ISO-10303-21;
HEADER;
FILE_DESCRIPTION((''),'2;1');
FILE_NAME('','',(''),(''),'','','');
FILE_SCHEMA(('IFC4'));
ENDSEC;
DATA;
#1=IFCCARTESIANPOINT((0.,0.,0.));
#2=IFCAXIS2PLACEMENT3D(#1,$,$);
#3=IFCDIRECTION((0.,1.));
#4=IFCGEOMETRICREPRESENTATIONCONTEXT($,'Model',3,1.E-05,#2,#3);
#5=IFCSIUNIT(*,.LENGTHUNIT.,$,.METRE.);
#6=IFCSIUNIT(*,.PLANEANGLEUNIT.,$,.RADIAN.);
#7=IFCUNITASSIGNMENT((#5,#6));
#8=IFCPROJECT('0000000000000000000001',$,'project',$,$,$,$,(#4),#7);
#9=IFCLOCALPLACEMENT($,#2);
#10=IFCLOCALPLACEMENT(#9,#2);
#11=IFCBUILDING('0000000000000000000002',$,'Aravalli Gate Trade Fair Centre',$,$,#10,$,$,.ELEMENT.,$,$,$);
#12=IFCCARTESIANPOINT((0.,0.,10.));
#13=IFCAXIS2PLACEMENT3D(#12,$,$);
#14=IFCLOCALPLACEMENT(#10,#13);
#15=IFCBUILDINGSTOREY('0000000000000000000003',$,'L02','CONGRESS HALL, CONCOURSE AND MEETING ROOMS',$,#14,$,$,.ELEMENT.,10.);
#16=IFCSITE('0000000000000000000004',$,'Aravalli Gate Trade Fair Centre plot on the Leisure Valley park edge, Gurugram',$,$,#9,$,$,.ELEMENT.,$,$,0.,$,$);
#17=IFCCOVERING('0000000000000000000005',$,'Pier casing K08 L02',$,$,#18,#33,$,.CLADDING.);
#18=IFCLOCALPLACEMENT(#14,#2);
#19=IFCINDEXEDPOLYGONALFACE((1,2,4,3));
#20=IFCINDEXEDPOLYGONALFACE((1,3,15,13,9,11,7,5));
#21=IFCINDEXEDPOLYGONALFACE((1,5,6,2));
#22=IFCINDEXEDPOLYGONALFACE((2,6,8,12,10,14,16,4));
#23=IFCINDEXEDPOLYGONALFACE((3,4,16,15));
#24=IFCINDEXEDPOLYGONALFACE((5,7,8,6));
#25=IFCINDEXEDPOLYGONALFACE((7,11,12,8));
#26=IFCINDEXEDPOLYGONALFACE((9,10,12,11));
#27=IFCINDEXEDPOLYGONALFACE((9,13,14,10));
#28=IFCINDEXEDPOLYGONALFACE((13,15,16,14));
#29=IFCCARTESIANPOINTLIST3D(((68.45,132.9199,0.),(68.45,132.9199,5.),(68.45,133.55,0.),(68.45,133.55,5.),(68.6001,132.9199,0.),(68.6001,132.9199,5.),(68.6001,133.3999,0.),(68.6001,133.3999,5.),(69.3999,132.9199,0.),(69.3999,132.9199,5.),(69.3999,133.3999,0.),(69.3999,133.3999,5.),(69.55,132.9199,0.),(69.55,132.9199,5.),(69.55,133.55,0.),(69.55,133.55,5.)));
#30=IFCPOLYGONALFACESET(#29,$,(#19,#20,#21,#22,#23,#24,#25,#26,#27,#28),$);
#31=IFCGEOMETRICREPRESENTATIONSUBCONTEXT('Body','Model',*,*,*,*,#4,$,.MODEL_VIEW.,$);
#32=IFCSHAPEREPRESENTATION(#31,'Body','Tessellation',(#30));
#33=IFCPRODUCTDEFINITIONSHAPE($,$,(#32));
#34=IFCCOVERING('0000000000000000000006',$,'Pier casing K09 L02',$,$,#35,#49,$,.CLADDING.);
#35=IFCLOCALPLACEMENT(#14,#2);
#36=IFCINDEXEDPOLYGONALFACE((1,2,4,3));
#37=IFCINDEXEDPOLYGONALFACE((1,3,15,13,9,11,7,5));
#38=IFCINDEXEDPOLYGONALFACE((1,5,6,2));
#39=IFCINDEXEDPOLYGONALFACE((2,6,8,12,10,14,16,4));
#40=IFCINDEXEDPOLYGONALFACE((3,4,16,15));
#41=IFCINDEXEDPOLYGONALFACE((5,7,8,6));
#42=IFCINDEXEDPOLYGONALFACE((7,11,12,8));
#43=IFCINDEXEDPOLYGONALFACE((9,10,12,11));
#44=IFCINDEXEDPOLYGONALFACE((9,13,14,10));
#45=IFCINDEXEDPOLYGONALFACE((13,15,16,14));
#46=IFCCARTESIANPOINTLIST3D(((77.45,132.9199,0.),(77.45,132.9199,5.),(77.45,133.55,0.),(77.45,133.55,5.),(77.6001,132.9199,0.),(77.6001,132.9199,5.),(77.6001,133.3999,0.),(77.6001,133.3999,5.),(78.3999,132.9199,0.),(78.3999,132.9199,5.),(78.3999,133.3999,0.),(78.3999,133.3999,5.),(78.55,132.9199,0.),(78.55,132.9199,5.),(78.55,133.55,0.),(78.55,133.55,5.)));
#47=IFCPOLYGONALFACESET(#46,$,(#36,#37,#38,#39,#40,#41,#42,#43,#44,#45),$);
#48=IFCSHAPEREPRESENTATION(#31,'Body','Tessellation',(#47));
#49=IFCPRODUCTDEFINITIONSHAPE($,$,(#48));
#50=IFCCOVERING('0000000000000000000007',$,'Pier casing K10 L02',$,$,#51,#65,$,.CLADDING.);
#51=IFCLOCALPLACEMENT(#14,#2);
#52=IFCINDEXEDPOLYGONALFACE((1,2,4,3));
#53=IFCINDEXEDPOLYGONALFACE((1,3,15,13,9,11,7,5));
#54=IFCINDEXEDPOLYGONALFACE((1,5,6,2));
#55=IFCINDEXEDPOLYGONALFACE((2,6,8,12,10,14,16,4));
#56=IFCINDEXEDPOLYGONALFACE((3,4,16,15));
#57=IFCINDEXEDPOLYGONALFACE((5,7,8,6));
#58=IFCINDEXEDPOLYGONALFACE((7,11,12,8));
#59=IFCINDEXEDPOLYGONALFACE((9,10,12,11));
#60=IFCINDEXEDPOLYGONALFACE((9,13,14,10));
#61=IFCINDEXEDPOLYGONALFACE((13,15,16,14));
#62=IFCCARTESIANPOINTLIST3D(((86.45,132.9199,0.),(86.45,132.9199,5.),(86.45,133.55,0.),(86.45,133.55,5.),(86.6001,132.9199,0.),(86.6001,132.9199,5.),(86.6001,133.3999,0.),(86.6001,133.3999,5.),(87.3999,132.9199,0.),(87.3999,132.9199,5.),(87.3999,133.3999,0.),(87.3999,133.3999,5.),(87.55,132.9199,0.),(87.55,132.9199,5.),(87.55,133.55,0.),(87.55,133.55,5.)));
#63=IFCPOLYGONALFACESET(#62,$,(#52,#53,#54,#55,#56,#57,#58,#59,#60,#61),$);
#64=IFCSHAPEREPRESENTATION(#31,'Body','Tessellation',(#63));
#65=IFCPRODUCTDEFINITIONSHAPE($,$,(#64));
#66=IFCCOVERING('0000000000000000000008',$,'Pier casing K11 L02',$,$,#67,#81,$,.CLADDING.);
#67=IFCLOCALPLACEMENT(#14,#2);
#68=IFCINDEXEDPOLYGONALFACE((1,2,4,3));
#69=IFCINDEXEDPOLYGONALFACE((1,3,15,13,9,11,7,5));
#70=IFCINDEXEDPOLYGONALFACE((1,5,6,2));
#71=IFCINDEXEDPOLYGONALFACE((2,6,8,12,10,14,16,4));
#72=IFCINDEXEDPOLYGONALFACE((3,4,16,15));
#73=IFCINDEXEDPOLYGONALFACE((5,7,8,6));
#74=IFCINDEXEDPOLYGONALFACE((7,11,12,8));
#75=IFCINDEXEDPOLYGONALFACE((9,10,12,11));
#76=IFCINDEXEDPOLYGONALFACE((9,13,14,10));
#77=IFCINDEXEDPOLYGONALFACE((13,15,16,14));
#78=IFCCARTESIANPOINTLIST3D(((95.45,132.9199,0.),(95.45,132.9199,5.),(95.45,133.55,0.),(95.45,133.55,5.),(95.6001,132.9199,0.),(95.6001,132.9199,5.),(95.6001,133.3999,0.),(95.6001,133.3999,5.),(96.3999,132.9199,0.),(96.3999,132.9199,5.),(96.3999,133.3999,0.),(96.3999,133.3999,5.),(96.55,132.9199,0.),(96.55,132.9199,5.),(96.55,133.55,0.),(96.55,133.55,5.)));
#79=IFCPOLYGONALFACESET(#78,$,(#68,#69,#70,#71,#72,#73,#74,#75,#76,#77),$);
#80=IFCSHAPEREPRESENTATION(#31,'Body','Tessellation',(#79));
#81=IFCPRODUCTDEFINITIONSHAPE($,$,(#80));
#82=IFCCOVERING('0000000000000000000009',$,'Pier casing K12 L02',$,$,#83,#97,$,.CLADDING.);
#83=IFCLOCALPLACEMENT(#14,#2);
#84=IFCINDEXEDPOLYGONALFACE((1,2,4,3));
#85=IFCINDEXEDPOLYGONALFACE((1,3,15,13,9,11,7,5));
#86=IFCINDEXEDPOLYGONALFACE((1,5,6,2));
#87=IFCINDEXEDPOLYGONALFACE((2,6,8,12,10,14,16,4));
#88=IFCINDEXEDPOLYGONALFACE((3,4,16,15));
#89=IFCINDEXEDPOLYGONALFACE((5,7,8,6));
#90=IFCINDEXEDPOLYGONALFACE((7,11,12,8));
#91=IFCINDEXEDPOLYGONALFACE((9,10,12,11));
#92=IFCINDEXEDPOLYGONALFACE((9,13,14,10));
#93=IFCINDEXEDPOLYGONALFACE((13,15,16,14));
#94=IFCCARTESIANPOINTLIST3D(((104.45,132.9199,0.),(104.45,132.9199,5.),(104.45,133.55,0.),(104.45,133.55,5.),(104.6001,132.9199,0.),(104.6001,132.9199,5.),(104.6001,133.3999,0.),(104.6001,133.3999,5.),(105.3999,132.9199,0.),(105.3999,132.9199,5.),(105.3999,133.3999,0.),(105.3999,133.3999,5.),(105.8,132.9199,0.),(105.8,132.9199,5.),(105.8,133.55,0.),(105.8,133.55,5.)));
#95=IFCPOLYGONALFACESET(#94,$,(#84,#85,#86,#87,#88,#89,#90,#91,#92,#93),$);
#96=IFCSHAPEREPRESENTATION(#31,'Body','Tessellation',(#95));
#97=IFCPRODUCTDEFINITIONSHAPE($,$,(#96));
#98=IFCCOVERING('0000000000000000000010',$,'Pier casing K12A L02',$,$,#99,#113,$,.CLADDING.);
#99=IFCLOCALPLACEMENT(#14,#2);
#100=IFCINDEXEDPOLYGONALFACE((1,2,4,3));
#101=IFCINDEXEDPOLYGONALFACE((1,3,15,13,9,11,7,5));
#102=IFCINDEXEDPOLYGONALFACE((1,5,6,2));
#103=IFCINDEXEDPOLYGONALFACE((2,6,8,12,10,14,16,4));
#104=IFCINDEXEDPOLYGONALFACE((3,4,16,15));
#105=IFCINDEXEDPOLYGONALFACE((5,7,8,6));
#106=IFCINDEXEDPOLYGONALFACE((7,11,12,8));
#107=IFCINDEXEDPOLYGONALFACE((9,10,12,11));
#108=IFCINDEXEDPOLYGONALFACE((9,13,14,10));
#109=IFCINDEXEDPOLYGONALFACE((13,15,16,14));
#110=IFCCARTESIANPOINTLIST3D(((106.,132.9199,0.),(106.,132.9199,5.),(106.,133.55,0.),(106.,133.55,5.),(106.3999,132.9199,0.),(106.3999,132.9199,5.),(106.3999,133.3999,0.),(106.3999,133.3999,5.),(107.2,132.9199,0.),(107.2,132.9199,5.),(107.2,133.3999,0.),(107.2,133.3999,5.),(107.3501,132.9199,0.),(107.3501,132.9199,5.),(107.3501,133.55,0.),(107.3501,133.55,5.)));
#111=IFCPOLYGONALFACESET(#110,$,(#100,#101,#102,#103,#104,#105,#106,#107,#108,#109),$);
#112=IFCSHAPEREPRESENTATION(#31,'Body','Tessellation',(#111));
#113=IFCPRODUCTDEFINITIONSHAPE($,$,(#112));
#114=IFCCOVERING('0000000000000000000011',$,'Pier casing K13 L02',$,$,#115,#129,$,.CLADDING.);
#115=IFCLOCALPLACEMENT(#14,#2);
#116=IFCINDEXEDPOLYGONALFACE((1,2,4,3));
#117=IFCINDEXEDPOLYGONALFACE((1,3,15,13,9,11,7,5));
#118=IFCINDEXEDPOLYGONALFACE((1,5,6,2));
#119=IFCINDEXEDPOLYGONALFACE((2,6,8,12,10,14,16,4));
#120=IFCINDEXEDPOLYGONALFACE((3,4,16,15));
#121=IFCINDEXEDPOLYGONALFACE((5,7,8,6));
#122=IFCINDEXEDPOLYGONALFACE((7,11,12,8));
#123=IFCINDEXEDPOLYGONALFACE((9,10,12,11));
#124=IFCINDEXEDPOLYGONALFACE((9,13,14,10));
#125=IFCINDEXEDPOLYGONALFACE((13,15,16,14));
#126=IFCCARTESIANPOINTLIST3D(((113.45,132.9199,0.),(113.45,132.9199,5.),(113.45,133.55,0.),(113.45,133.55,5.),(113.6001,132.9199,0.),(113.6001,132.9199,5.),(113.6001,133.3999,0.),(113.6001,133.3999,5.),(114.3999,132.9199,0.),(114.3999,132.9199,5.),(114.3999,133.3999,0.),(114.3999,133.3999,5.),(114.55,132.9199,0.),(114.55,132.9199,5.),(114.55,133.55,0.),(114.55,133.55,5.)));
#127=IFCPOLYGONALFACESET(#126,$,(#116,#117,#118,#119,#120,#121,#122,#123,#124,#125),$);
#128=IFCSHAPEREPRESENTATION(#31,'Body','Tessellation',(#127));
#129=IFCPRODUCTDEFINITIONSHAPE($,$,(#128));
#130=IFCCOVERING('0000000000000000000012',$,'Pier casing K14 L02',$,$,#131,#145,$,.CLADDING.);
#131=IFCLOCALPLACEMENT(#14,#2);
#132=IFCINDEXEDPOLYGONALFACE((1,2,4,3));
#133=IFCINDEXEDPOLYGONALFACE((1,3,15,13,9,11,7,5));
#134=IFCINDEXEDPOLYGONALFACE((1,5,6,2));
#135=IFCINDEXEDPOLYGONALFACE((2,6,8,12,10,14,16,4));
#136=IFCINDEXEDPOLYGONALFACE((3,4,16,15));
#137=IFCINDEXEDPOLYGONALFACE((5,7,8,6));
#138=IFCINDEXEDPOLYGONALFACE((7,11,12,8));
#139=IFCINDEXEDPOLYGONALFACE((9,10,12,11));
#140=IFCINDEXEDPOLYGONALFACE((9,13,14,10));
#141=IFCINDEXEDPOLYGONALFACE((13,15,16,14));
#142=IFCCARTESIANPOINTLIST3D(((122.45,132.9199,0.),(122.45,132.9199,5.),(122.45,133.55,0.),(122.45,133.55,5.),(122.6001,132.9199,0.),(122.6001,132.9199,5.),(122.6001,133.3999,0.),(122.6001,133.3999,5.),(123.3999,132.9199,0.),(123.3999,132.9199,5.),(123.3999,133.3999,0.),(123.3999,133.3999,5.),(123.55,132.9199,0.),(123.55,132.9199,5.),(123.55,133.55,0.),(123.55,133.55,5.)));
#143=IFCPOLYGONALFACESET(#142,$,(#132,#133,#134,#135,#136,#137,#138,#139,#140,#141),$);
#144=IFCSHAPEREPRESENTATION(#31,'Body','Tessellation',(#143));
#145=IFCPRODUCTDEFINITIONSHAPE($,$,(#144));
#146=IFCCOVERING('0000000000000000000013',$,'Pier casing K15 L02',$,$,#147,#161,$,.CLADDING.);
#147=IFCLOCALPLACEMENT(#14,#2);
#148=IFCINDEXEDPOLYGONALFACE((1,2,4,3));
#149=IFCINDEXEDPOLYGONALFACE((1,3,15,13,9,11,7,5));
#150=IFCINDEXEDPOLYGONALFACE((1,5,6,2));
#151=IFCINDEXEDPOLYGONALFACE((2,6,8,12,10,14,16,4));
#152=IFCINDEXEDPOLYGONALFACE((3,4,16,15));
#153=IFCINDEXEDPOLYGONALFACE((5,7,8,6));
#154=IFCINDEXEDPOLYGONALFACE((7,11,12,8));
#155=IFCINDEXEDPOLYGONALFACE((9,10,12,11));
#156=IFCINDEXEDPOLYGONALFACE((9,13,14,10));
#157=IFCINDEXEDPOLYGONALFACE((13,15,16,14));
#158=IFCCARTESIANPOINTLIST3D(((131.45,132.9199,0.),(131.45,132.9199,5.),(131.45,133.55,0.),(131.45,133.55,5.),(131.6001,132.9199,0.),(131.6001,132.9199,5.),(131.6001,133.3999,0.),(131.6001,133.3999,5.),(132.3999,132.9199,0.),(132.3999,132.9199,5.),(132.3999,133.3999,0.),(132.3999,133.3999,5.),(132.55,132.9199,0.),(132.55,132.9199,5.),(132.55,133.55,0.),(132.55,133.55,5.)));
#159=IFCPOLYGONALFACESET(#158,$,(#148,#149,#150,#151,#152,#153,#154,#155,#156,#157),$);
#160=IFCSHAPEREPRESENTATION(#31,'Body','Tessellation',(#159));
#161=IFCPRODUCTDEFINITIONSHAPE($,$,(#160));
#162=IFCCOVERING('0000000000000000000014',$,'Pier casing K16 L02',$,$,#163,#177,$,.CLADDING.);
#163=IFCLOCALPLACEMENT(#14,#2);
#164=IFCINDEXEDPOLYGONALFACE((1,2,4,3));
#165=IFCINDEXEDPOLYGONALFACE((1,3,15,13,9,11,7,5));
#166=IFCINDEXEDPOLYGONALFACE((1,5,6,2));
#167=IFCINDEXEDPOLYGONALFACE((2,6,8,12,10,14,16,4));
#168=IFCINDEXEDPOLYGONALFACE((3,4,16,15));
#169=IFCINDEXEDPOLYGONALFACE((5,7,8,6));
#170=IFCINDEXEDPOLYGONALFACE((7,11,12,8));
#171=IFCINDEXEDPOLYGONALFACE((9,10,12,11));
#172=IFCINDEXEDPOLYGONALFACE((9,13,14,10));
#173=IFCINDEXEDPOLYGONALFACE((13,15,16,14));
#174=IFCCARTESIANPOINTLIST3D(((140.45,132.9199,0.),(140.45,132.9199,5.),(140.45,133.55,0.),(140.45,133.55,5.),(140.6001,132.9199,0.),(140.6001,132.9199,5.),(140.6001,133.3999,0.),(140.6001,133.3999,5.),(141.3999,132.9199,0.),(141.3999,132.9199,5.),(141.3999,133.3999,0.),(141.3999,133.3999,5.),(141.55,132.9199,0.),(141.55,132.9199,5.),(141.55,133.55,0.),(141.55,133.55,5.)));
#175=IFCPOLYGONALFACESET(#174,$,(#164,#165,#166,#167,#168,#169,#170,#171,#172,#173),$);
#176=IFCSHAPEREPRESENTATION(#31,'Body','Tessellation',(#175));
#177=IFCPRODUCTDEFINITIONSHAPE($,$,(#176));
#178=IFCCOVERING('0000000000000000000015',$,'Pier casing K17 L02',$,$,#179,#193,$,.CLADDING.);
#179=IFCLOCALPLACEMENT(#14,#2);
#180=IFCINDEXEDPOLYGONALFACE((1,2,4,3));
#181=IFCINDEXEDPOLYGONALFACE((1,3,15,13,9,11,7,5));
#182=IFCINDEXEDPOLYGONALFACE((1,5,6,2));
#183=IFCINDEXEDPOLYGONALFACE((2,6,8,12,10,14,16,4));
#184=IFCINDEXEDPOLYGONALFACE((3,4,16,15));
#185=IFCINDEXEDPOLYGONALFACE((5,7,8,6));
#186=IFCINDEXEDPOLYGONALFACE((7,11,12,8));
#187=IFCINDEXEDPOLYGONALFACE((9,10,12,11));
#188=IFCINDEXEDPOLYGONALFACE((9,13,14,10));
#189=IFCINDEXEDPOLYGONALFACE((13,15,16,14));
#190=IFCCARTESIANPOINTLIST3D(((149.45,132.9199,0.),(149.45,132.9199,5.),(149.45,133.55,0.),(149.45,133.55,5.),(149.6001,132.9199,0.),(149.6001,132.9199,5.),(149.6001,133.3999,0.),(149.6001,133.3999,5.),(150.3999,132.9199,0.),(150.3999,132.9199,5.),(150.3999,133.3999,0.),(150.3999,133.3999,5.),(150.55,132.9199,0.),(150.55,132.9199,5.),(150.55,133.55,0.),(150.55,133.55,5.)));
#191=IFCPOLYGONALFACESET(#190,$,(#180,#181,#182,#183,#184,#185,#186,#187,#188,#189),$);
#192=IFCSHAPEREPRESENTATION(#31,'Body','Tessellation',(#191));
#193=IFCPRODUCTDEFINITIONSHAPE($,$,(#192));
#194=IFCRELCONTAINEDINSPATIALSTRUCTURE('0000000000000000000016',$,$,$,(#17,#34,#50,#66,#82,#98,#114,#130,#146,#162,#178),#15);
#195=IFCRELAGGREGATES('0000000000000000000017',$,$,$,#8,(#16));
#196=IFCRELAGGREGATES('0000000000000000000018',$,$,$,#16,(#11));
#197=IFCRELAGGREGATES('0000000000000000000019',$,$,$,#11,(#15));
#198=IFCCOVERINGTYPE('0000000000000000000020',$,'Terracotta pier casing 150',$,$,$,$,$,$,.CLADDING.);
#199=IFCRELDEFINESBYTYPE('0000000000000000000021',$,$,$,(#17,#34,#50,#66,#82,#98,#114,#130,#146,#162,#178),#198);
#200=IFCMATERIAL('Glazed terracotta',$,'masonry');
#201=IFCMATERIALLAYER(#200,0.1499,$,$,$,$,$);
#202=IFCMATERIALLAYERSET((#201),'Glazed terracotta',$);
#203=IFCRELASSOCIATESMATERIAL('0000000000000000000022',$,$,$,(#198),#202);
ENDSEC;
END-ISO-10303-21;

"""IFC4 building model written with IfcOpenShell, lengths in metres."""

from ifc_helpers import new_model, si_unit, direction, frame, origin, place, context, subcontext, project, spatial, polyline, outline, extrude, material, layer, layer_set, type_object, element, save


model = new_model("IFC4")

# Units and contexts
model_context = context("Model", 3, precision=1e-05, world=origin(), true_north=direction((0.0, 1.0)))
body_context = subcontext(model_context, "Body", "Model", "MODEL_VIEW")
ifc_project = project(units=[si_unit("LENGTHUNIT", "METRE"), si_unit("PLANEANGLEUNIT", "RADIAN")], contexts=[model_context])

# Site, building, storey
site_placement = place(None, origin())
site = spatial("IfcSite", under=ifc_project, at=site_placement, Name="Aravalli Gate Trade Fair Centre plot on the Leisure Valley park edge, Gurugram", CompositionType="ELEMENT", RefElevation=0.0)
building_placement = place(site_placement, origin())
building = spatial("IfcBuilding", under=site, at=building_placement, Name="Aravalli Gate Trade Fair Centre", CompositionType="ELEMENT")
storey_placement = place(building_placement, frame((0.0, 0.0, 10.0)))
storey = spatial("IfcBuildingStorey", under=building, at=storey_placement, Name="L02", Description="CONGRESS HALL, CONCOURSE AND MEETING ROOMS", CompositionType="ELEMENT", Elevation=10.0)

# Coverings
ifc_material_1 = material(Name="Glazed terracotta", Category="masonry")
ifc_layer_1 = layer(ifc_material_1, 0.1499)
ifc_layer_set_1 = layer_set([ifc_layer_1], Name="Glazed terracotta")
covering_type_1 = type_object("IfcCoveringType", Name="Terracotta pier casing 150", PredefinedType="CLADDING", material=ifc_layer_set_1)
covering_1_placement = place(storey_placement, origin())
element("IfcCovering", 1, at=covering_1_placement, inside=storey, type_object=covering_type_1, Name="Pier casing K08 L02", PredefinedType="CLADDING", context=body_context, shape_type="SweptSolid", body=[
    extrude(outline(polyline([(68.45, 132.9199), (68.6001, 132.9199), (68.6001, 133.3999), (69.3999, 133.3999), (69.3999, 132.9199), (69.55, 132.9199), (69.55, 133.55), (68.45, 133.55), (68.45, 132.9199)])), origin(), (0.0, 0.0, 1.0), 5.0),
])
covering_2_placement = place(storey_placement, origin())
element("IfcCovering", 2, at=covering_2_placement, inside=storey, type_object=covering_type_1, Name="Pier casing K09 L02", PredefinedType="CLADDING", context=body_context, shape_type="SweptSolid", body=[
    extrude(outline(polyline([(77.45, 132.9199), (77.6001, 132.9199), (77.6001, 133.3999), (78.3999, 133.3999), (78.3999, 132.9199), (78.55, 132.9199), (78.55, 133.55), (77.45, 133.55), (77.45, 132.9199)])), origin(), (0.0, 0.0, 1.0), 5.0),
])
covering_3_placement = place(storey_placement, origin())
element("IfcCovering", 3, at=covering_3_placement, inside=storey, type_object=covering_type_1, Name="Pier casing K10 L02", PredefinedType="CLADDING", context=body_context, shape_type="SweptSolid", body=[
    extrude(outline(polyline([(86.45, 132.9199), (86.6001, 132.9199), (86.6001, 133.3999), (87.3999, 133.3999), (87.3999, 132.9199), (87.55, 132.9199), (87.55, 133.55), (86.45, 133.55), (86.45, 132.9199)])), origin(), (0.0, 0.0, 1.0), 5.0),
])
covering_4_placement = place(storey_placement, origin())
element("IfcCovering", 4, at=covering_4_placement, inside=storey, type_object=covering_type_1, Name="Pier casing K11 L02", PredefinedType="CLADDING", context=body_context, shape_type="SweptSolid", body=[
    extrude(outline(polyline([(95.45, 132.9199), (95.6001, 132.9199), (95.6001, 133.3999), (96.3999, 133.3999), (96.3999, 132.9199), (96.55, 132.9199), (96.55, 133.55), (95.45, 133.55), (95.45, 132.9199)])), origin(), (0.0, 0.0, 1.0), 5.0),
])
covering_5_placement = place(storey_placement, origin())
element("IfcCovering", 5, at=covering_5_placement, inside=storey, type_object=covering_type_1, Name="Pier casing K12 L02", PredefinedType="CLADDING", context=body_context, shape_type="SweptSolid", body=[
    extrude(outline(polyline([(104.45, 132.9199), (104.6001, 132.9199), (104.6001, 133.3999), (105.3999, 133.3999), (105.3999, 132.9199), (105.8, 132.9199), (105.8, 133.55), (104.45, 133.55), (104.45, 132.9199)])), origin(), (0.0, 0.0, 1.0), 5.0),
])
covering_6_placement = place(storey_placement, origin())
element("IfcCovering", 6, at=covering_6_placement, inside=storey, type_object=covering_type_1, Name="Pier casing K12A L02", PredefinedType="CLADDING", context=body_context, shape_type="SweptSolid", body=[
    extrude(outline(polyline([(106.0, 132.9199), (106.3999, 132.9199), (106.3999, 133.3999), (107.2, 133.3999), (107.2, 132.9199), (107.3501, 132.9199), (107.3501, 133.55), (106.0, 133.55), (106.0, 132.9199)])), origin(), (0.0, 0.0, 1.0), 5.0),
])
covering_7_placement = place(storey_placement, origin())
element("IfcCovering", 7, at=covering_7_placement, inside=storey, type_object=covering_type_1, Name="Pier casing K13 L02", PredefinedType="CLADDING", context=body_context, shape_type="SweptSolid", body=[
    extrude(outline(polyline([(113.45, 132.9199), (113.6001, 132.9199), (113.6001, 133.3999), (114.3999, 133.3999), (114.3999, 132.9199), (114.55, 132.9199), (114.55, 133.55), (113.45, 133.55), (113.45, 132.9199)])), origin(), (0.0, 0.0, 1.0), 5.0),
])
covering_8_placement = place(storey_placement, origin())
element("IfcCovering", 8, at=covering_8_placement, inside=storey, type_object=covering_type_1, Name="Pier casing K14 L02", PredefinedType="CLADDING", context=body_context, shape_type="SweptSolid", body=[
    extrude(outline(polyline([(122.45, 132.9199), (122.6001, 132.9199), (122.6001, 133.3999), (123.3999, 133.3999), (123.3999, 132.9199), (123.55, 132.9199), (123.55, 133.55), (122.45, 133.55), (122.45, 132.9199)])), origin(), (0.0, 0.0, 1.0), 5.0),
])
covering_9_placement = place(storey_placement, origin())
element("IfcCovering", 9, at=covering_9_placement, inside=storey, type_object=covering_type_1, Name="Pier casing K15 L02", PredefinedType="CLADDING", context=body_context, shape_type="SweptSolid", body=[
    extrude(outline(polyline([(131.45, 132.9199), (131.6001, 132.9199), (131.6001, 133.3999), (132.3999, 133.3999), (132.3999, 132.9199), (132.55, 132.9199), (132.55, 133.55), (131.45, 133.55), (131.45, 132.9199)])), origin(), (0.0, 0.0, 1.0), 5.0),
])
covering_10_placement = place(storey_placement, origin())
element("IfcCovering", 10, at=covering_10_placement, inside=storey, type_object=covering_type_1, Name="Pier casing K16 L02", PredefinedType="CLADDING", context=body_context, shape_type="SweptSolid", body=[
    extrude(outline(polyline([(140.45, 132.9199), (140.6001, 132.9199), (140.6001, 133.3999), (141.3999, 133.3999), (141.3999, 132.9199), (141.55, 132.9199), (141.55, 133.55), (140.45, 133.55), (140.45, 132.9199)])), origin(), (0.0, 0.0, 1.0), 5.0),
])
covering_11_placement = place(storey_placement, origin())
element("IfcCovering", 11, at=covering_11_placement, inside=storey, type_object=covering_type_1, Name="Pier casing K17 L02", PredefinedType="CLADDING", context=body_context, shape_type="SweptSolid", body=[
    extrude(outline(polyline([(149.45, 132.9199), (149.6001, 132.9199), (149.6001, 133.3999), (150.3999, 133.3999), (150.3999, 132.9199), (150.55, 132.9199), (150.55, 133.55), (149.45, 133.55), (149.45, 132.9199)])), origin(), (0.0, 0.0, 1.0), 5.0),
])

save(model, "model.ifc")
